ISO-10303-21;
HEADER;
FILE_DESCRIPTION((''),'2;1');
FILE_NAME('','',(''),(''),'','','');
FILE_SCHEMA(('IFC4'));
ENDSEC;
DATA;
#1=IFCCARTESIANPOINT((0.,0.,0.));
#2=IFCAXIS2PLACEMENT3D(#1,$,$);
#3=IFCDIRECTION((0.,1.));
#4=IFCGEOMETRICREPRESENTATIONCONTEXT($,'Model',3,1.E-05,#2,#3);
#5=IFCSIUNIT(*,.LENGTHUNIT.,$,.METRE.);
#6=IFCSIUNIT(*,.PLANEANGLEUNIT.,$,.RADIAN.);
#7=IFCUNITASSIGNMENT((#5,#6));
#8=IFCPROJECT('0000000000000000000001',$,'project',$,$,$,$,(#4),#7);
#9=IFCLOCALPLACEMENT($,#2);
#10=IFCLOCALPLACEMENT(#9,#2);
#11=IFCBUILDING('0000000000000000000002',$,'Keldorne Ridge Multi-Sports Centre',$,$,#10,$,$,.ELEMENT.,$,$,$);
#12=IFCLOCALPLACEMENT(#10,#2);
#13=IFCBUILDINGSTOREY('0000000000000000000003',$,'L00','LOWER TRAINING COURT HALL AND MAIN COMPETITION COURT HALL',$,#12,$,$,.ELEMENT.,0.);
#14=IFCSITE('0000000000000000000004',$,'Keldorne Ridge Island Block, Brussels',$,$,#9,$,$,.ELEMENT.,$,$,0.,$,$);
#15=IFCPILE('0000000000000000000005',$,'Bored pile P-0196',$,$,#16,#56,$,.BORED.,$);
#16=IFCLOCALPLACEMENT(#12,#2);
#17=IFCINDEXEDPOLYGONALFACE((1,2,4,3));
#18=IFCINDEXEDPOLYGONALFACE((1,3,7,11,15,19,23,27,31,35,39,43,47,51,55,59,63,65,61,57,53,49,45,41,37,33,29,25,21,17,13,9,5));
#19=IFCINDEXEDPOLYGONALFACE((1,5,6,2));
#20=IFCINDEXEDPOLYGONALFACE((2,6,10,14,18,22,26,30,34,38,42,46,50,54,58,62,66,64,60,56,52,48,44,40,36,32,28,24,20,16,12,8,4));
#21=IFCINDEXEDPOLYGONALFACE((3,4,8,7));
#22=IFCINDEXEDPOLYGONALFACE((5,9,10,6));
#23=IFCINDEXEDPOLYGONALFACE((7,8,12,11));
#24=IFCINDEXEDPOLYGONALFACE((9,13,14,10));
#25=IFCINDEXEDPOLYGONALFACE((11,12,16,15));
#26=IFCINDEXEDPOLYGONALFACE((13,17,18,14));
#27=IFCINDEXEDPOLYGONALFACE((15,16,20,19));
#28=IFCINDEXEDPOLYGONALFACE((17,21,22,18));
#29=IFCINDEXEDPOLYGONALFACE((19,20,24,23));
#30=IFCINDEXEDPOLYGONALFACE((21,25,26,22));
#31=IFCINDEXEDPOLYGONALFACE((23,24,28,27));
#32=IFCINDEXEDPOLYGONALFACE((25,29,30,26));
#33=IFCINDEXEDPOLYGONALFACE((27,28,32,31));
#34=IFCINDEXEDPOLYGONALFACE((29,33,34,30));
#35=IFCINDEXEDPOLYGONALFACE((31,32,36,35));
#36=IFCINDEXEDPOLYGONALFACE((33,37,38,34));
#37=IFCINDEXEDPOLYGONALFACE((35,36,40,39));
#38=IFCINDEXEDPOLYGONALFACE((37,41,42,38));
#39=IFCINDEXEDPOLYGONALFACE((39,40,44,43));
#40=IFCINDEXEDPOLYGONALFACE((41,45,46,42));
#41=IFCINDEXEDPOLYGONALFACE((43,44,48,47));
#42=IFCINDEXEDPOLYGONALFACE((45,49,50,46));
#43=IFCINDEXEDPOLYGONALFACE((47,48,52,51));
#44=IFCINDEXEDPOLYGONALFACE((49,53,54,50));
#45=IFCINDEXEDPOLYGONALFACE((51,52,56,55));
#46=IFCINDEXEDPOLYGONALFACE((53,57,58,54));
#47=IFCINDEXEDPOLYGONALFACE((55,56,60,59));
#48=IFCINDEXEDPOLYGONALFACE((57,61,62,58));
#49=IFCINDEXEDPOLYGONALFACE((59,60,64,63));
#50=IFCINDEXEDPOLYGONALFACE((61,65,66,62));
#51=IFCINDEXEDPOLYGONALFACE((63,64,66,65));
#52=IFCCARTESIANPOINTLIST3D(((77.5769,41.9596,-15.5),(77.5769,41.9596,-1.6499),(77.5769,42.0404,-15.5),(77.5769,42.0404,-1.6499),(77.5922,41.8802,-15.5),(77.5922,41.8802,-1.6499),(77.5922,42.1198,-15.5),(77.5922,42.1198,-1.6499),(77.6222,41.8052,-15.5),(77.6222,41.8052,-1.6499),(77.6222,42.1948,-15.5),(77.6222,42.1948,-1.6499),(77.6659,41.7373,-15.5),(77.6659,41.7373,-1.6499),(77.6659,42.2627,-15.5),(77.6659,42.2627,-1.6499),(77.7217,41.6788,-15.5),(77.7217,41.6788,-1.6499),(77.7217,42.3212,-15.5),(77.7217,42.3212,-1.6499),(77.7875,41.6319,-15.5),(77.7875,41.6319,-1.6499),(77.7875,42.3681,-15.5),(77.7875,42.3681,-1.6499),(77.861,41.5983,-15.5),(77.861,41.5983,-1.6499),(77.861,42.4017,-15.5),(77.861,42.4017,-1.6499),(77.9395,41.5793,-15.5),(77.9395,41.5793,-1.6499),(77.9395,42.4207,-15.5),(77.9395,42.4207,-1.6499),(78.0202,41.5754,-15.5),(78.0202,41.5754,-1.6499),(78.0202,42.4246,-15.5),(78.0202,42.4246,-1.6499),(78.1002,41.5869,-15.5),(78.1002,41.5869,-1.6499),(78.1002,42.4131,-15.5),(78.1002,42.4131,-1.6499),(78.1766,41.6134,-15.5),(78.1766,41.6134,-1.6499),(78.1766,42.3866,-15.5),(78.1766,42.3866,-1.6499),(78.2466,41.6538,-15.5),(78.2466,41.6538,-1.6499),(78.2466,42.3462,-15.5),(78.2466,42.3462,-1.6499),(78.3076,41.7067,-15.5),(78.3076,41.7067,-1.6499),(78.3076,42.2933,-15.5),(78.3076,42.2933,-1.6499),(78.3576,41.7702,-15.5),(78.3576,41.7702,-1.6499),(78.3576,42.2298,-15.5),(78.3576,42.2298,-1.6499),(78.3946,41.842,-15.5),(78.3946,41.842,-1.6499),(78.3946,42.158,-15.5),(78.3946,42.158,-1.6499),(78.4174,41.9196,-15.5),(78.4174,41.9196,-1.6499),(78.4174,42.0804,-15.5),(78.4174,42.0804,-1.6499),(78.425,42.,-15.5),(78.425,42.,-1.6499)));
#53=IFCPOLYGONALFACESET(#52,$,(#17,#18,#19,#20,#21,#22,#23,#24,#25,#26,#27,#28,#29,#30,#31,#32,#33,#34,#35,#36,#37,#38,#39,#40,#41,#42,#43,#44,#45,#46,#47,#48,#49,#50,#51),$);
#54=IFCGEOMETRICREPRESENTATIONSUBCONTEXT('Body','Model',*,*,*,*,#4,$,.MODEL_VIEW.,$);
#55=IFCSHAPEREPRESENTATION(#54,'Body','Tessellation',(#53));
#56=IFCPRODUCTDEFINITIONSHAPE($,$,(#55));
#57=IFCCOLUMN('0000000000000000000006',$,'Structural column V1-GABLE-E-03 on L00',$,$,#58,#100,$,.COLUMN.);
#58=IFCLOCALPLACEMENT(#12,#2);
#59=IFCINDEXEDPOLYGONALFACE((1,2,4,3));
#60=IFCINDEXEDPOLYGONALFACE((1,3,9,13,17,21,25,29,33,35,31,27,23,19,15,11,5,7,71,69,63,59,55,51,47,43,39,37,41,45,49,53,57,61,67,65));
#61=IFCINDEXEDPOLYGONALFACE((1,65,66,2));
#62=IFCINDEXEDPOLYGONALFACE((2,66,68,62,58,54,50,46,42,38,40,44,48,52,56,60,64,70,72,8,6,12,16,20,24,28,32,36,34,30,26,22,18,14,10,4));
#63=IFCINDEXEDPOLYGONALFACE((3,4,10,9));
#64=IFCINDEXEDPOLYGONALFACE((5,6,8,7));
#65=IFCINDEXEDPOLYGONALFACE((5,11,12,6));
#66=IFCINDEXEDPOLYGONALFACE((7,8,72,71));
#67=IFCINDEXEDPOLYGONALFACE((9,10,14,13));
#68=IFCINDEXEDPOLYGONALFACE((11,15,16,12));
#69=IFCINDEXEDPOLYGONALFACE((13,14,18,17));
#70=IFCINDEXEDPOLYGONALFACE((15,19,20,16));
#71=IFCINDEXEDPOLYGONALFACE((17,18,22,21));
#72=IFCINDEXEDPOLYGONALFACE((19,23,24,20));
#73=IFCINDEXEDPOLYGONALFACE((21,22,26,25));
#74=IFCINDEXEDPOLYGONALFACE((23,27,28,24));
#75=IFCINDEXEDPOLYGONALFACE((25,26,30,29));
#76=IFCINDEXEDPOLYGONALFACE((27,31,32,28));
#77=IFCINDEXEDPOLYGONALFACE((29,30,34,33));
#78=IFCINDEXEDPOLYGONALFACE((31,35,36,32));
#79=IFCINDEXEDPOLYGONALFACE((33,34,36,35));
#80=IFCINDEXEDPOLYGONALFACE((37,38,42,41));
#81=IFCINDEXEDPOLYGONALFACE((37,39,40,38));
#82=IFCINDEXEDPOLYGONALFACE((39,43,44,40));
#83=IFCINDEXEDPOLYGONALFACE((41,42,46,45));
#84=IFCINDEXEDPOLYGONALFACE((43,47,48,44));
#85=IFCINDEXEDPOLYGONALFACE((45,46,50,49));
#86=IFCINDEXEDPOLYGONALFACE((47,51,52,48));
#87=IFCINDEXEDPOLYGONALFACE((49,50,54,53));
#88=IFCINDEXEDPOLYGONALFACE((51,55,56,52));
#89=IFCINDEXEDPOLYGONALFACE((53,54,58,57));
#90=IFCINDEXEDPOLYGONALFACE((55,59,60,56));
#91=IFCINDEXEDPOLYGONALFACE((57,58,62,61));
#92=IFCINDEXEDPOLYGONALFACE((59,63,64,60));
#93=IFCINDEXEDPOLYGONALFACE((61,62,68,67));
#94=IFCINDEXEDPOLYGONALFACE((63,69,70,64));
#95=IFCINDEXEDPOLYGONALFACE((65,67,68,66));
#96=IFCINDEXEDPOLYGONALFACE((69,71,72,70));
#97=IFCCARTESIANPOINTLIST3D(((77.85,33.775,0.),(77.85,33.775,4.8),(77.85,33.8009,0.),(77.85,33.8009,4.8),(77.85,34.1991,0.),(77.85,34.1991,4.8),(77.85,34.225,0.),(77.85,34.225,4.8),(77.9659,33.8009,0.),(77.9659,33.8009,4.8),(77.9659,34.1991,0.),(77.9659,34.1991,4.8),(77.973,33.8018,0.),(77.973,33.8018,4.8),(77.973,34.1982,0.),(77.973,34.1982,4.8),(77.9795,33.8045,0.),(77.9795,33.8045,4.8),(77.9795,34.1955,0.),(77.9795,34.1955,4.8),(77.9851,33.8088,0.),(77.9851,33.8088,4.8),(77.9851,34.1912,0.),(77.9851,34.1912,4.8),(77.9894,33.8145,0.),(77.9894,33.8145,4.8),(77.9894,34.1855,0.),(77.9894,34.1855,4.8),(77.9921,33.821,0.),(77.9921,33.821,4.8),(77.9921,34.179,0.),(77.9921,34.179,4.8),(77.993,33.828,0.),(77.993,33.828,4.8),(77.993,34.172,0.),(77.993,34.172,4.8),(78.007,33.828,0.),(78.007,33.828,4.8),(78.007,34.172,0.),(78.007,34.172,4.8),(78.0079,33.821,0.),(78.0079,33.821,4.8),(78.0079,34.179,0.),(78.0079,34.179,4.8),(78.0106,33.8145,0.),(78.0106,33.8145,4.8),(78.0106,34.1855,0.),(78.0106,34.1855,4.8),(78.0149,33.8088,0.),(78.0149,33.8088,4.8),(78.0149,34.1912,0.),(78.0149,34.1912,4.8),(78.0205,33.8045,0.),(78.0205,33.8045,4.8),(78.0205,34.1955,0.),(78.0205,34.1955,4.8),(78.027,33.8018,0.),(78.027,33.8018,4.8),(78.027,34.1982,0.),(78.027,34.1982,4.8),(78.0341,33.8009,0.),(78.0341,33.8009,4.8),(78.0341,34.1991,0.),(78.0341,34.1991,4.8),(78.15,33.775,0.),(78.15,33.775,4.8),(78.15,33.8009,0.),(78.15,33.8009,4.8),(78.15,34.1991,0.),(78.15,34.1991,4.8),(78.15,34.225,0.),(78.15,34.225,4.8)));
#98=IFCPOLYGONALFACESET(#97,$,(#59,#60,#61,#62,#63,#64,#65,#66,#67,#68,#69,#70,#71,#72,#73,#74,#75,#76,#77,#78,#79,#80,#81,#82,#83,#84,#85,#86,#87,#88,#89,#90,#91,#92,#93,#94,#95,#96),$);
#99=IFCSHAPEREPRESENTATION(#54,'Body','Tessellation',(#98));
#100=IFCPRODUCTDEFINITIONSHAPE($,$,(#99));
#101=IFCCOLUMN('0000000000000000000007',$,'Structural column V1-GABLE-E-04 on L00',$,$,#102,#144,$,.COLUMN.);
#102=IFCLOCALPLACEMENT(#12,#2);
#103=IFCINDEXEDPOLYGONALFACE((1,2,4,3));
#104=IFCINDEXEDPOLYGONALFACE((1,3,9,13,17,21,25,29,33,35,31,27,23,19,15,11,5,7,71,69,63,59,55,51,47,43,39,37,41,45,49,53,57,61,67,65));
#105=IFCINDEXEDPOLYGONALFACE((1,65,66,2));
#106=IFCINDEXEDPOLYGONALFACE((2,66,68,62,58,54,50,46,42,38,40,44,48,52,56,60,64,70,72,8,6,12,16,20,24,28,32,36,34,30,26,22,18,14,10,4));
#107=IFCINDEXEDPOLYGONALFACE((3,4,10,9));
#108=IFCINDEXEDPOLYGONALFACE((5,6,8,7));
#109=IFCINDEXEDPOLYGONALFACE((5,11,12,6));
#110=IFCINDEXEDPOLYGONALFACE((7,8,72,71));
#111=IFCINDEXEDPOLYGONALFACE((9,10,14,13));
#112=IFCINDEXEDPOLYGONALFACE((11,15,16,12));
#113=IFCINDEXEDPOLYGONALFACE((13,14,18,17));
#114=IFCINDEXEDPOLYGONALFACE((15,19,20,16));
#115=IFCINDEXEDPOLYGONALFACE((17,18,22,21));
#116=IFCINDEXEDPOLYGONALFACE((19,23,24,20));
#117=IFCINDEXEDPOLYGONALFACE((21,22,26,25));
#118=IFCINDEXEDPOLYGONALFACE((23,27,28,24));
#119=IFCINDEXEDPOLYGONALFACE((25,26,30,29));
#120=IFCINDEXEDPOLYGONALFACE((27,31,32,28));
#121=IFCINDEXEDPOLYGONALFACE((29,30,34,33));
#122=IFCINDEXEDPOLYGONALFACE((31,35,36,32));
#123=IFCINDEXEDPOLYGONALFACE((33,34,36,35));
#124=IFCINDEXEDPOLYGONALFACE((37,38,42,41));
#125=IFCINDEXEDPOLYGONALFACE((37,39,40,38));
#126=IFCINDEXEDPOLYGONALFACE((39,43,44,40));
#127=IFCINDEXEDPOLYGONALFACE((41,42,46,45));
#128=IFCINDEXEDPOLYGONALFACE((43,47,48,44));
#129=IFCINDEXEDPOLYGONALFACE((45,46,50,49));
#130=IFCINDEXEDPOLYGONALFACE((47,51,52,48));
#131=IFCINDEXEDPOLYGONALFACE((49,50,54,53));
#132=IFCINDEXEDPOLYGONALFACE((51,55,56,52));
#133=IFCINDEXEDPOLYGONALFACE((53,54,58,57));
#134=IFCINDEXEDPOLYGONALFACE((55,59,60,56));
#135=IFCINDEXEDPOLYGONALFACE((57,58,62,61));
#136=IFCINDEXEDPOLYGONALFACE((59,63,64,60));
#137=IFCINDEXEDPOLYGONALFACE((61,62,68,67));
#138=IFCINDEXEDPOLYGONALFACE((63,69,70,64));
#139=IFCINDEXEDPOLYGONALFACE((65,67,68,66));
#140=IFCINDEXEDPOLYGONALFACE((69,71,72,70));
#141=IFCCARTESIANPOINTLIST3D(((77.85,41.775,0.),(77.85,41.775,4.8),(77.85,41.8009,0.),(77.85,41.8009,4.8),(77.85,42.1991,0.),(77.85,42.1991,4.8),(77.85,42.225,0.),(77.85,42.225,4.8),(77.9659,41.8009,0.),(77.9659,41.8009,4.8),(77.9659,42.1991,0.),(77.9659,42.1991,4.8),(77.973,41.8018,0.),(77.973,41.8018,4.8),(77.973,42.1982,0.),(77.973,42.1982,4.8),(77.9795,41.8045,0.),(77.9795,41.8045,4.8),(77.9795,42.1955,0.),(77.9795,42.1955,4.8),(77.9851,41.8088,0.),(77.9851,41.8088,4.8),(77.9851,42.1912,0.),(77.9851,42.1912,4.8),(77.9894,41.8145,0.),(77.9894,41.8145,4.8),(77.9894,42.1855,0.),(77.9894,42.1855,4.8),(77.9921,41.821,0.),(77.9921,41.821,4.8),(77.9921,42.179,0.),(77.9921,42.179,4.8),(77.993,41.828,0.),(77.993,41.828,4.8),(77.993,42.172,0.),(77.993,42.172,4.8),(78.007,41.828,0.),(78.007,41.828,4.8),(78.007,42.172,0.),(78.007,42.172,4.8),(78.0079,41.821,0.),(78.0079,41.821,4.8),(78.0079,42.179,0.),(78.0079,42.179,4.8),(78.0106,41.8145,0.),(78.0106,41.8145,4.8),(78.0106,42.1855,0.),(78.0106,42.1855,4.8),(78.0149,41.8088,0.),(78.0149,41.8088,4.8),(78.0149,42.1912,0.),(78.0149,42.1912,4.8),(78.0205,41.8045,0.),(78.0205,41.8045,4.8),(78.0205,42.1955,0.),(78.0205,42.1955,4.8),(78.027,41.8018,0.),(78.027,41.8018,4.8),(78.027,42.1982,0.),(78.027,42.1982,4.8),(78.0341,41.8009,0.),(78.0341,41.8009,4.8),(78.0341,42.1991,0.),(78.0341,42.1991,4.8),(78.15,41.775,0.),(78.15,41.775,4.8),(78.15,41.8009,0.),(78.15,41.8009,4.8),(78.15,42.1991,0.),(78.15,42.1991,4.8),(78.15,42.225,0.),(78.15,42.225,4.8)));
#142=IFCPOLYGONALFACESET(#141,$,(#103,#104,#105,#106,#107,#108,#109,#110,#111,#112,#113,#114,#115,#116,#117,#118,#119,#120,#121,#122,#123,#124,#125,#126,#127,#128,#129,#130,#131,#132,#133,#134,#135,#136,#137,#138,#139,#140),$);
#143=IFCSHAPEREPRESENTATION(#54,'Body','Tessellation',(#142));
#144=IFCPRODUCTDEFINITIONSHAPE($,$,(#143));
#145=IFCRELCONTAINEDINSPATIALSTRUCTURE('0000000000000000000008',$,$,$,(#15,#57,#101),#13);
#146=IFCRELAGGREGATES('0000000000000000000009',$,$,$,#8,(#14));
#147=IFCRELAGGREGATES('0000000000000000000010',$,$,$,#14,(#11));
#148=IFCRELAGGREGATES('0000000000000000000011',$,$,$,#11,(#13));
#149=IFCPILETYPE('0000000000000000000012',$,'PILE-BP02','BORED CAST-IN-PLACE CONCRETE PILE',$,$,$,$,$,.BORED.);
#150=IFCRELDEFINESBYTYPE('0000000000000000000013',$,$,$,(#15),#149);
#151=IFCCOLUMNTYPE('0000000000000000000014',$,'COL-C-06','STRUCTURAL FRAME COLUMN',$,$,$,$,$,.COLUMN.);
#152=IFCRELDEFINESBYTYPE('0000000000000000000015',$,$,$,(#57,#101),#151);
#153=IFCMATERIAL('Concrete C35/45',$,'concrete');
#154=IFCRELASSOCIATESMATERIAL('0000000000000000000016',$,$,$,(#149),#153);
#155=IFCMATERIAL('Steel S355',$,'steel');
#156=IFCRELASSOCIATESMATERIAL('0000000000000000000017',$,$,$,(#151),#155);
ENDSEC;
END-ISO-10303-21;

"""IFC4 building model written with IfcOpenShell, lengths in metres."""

from ifc_helpers import new_model, si_unit, direction, frame, origin, origin_2d, place, context, subcontext, project, spatial, circle, i_section, extrude, material, material_profile, profile_set, type_object, element, save


model = new_model("IFC4")

# Units and contexts
model_context = context("Model", 3, precision=1e-05, world=origin(), true_north=direction((0.0, 1.0)))
body_context = subcontext(model_context, "Body", "Model", "MODEL_VIEW")
ifc_project = project(units=[si_unit("LENGTHUNIT", "METRE"), si_unit("PLANEANGLEUNIT", "RADIAN")], contexts=[model_context])

# Site, building, storey
site_placement = place(None, origin())
site = spatial("IfcSite", under=ifc_project, at=site_placement, Name="Keldorne Ridge Island Block, Brussels", CompositionType="ELEMENT", RefElevation=0.0)
building_placement = place(site_placement, origin())
building = spatial("IfcBuilding", under=site, at=building_placement, Name="Keldorne Ridge Multi-Sports Centre", CompositionType="ELEMENT")
storey_placement = place(building_placement, origin())
storey = spatial("IfcBuildingStorey", under=building, at=storey_placement, Name="L00", Description="LOWER TRAINING COURT HALL AND MAIN COMPETITION COURT HALL", CompositionType="ELEMENT", Elevation=0.0)

# Shared definitions
ifc_material_1 = material(Name="Concrete C35/45", Category="concrete")

# Pile
ifc_material_profile_1 = material_profile(ifc_material_1, circle(Radius=0.425, at=origin_2d()), Name="BORED PILE D850")
ifc_profile_set_1 = profile_set([ifc_material_profile_1], Name="Concrete C35/45")
pile_type = type_object("IfcPileType", Name="PILE-BP02", Description="BORED CAST-IN-PLACE CONCRETE PILE", PredefinedType="BORED", material=ifc_profile_set_1)
for number, where, z_axis, x_axis, name in (
    (1, (78.0, 42.0, -1.6499), (0.0, 0.0, -1.0), (1.0, 0.0, 0.0), "Bored pile P-0196"),
):
    element("IfcPile", number, at=place(storey_placement, frame(where, z_axis=z_axis, x_axis=x_axis)), inside=storey, type_object=pile_type, Name=name, PredefinedType="BORED", context=body_context, shape_type="SweptSolid", body=[
        extrude(circle(Radius=0.425, at=origin_2d()), origin(), (0.0, 0.0, 1.0), 13.8501),
    ])

# Columns
ifc_material_2 = material(Name="Steel S355", Category="steel")
ifc_material_profile_2 = material_profile(ifc_material_2, i_section(OverallWidth=0.3, OverallDepth=0.45, WebThickness=0.0139, FlangeThickness=0.0259, FilletRadius=0.0271, at=origin_2d()), Name="HEB 450")
ifc_profile_set_2 = profile_set([ifc_material_profile_2], Name="Steel S355")
column_type_1 = type_object("IfcColumnType", Name="COL-C-06", Description="STRUCTURAL FRAME COLUMN", PredefinedType="COLUMN", material=ifc_profile_set_2)
for number, where, z_axis, x_axis, name in (
    (2, (78.0, 34.0, 0.0), (0.0, 0.0, 1.0), (1.0, 0.0, 0.0), "Structural column V1-GABLE-E-03 on L00"),
    (3, (78.0, 42.0, 0.0), (0.0, 0.0, 1.0), (1.0, 0.0, 0.0), "Structural column V1-GABLE-E-04 on L00"),
):
    element("IfcColumn", number, at=place(storey_placement, frame(where, z_axis=z_axis, x_axis=x_axis)), inside=storey, type_object=column_type_1, Name=name, PredefinedType="COLUMN", context=body_context, shape_type="SweptSolid", body=[
        extrude(i_section(OverallWidth=0.3, OverallDepth=0.45, WebThickness=0.0139, FlangeThickness=0.0259, FilletRadius=0.0271, at=origin_2d()), origin(), (0.0, 0.0, 1.0), 4.8),
    ])

save(model, "model.ifc")
